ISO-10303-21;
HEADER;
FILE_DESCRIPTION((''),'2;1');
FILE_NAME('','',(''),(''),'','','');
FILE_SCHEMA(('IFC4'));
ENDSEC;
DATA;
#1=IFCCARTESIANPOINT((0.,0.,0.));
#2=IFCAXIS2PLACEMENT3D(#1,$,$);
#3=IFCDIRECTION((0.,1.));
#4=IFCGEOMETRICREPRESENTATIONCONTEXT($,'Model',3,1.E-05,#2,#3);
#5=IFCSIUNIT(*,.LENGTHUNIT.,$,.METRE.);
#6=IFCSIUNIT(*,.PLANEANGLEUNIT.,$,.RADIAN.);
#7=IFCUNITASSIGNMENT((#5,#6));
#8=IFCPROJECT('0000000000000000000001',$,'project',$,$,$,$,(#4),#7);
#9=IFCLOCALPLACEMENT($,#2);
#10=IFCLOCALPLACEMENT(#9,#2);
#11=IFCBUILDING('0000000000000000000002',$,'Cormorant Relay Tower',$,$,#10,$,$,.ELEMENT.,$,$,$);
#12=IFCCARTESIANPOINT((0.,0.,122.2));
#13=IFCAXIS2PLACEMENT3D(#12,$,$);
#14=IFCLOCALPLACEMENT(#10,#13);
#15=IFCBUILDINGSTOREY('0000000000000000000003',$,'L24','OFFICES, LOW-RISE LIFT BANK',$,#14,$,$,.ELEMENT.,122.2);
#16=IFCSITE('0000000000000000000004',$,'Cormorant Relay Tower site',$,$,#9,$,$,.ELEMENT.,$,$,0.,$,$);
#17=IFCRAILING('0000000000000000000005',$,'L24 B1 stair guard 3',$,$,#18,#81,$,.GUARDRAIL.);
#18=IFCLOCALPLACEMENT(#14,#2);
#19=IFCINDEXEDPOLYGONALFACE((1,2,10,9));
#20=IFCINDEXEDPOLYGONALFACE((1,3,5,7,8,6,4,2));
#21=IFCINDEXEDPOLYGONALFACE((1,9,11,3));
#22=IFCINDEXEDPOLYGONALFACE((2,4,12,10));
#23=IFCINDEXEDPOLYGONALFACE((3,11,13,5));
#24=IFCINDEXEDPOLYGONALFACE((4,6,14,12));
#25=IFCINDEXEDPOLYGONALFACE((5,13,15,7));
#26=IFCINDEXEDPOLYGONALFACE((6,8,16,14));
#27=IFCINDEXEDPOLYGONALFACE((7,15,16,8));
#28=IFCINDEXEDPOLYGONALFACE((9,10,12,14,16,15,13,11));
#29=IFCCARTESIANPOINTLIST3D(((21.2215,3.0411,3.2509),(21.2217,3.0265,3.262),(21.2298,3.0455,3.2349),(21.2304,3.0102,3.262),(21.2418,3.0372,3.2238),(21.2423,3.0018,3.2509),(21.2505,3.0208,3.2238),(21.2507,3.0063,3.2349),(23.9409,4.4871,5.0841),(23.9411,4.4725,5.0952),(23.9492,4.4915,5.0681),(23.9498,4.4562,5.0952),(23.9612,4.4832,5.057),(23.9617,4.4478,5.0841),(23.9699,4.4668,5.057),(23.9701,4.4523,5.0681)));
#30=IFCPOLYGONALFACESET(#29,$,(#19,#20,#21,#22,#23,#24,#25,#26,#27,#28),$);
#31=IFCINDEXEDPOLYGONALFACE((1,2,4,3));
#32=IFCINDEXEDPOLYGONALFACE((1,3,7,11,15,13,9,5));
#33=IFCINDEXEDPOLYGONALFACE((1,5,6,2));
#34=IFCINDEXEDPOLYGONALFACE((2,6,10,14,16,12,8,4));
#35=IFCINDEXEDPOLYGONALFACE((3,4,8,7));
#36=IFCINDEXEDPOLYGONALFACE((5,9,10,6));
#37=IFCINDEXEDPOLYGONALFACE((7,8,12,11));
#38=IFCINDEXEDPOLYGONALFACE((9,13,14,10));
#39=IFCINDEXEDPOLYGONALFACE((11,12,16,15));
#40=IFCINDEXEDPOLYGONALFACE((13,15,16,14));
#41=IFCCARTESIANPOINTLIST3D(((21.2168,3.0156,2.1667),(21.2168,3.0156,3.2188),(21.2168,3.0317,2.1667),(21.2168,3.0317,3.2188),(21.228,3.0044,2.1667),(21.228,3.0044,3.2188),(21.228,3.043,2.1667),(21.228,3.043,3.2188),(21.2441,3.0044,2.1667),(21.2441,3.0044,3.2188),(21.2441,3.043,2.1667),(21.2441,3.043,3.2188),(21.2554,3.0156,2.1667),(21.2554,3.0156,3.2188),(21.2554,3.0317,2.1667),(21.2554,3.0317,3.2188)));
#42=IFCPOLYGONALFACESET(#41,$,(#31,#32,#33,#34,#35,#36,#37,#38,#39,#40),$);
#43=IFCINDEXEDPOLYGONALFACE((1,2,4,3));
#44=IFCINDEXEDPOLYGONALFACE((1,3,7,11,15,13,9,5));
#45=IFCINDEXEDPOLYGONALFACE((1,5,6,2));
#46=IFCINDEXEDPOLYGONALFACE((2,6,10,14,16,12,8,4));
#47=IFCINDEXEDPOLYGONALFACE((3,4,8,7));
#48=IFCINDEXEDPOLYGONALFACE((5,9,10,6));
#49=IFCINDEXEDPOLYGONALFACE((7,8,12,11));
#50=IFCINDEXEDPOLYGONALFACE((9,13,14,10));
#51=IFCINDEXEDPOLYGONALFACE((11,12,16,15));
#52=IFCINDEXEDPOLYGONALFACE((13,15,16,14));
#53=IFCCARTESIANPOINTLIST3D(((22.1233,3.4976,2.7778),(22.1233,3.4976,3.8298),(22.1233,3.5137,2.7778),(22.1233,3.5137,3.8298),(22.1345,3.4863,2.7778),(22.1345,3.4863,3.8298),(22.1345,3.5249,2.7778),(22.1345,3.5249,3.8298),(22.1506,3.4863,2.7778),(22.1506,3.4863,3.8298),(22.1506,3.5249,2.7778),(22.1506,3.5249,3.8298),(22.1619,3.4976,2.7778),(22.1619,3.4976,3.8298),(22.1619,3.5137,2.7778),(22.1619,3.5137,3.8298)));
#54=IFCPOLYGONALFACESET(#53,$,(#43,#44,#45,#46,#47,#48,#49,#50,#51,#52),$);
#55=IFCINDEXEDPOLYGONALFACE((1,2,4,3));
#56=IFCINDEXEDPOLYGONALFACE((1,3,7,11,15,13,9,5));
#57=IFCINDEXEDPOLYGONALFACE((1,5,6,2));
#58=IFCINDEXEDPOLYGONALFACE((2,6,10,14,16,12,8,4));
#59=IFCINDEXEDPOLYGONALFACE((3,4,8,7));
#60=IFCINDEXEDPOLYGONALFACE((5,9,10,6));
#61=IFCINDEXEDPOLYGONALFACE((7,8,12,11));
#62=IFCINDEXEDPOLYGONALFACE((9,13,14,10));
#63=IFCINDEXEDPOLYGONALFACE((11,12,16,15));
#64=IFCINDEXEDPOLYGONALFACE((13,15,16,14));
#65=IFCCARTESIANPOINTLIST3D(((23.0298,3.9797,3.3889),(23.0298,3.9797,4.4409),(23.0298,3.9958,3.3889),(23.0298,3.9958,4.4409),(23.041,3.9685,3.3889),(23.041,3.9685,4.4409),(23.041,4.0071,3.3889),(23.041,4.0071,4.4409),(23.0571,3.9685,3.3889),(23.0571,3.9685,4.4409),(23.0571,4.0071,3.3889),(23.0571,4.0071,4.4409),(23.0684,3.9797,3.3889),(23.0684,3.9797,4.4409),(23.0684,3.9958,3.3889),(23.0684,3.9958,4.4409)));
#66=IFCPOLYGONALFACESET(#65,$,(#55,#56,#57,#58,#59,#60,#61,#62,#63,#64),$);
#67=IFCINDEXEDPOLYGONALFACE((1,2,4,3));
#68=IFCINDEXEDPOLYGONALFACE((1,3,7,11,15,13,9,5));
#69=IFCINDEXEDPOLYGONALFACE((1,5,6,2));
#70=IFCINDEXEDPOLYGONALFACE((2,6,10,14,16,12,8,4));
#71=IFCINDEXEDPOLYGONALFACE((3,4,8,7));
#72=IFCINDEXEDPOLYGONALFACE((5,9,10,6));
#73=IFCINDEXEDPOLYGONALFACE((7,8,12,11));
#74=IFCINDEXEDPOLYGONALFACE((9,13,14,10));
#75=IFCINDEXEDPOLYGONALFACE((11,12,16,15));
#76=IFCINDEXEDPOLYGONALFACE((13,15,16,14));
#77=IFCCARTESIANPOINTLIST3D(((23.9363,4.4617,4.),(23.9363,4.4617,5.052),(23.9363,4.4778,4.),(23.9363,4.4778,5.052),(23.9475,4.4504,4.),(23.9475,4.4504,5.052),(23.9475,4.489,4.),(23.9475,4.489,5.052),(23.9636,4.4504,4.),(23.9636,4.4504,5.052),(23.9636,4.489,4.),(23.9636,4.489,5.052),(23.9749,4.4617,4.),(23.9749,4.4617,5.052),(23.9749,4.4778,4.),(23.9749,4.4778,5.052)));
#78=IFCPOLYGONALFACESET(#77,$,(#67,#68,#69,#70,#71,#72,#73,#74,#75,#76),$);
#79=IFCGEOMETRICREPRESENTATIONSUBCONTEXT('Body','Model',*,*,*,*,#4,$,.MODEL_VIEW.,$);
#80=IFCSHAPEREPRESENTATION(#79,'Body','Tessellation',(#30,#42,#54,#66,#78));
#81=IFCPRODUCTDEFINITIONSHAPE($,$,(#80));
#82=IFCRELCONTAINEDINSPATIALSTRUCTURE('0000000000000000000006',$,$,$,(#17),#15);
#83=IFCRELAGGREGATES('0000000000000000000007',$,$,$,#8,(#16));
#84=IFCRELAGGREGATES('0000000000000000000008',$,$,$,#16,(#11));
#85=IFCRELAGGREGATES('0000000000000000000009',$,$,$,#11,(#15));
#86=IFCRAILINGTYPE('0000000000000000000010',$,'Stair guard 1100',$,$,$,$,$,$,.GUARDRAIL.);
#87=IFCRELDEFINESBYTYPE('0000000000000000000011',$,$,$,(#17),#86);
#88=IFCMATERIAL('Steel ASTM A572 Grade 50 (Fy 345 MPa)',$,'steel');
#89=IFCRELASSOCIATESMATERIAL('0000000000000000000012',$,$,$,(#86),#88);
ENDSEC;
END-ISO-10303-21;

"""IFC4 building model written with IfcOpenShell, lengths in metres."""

from ifc_helpers import new_model, si_unit, direction, frame, origin, place, context, subcontext, project, spatial, polyline, outline, extrude, material, type_object, element, save


model = new_model("IFC4")

# Units and contexts
model_context = context("Model", 3, precision=1e-05, world=origin(), true_north=direction((0.0, 1.0)))
body_context = subcontext(model_context, "Body", "Model", "MODEL_VIEW")
ifc_project = project(units=[si_unit("LENGTHUNIT", "METRE"), si_unit("PLANEANGLEUNIT", "RADIAN")], contexts=[model_context])

# Site, building, storey
site_placement = place(None, origin())
site = spatial("IfcSite", under=ifc_project, at=site_placement, Name="Cormorant Relay Tower site", CompositionType="ELEMENT", RefElevation=0.0)
building_placement = place(site_placement, origin())
building = spatial("IfcBuilding", under=site, at=building_placement, Name="Cormorant Relay Tower", CompositionType="ELEMENT")
storey_placement = place(building_placement, frame((0.0, 0.0, 122.2)))
storey = spatial("IfcBuildingStorey", under=building, at=storey_placement, Name="L24", Description="OFFICES, LOW-RISE LIFT BANK", CompositionType="ELEMENT", Elevation=122.2)

# Railing
ifc_material_1 = material(Name="Steel ASTM A572 Grade 50 (Fy 345 MPa)", Category="steel")
railing_type = type_object("IfcRailingType", Name="Stair guard 1100", PredefinedType="GUARDRAIL", material=ifc_material_1)
railing_1_placement = place(storey_placement, frame((21.2361, 3.0237, 2.1667)))
element("IfcRailing", 1, at=railing_1_placement, inside=storey, type_object=railing_type, Name="L24 B1 stair guard 3", PredefinedType="GUARDRAIL", context=body_context, shape_type="SweptSolid", body=[
    extrude(outline(polyline([(0.0222, 0.0093), (0.0093, 0.0222), (-0.0093, 0.0222), (-0.0222, 0.0093), (-0.0222, -0.0093), (-0.0093, -0.0222), (0.0093, -0.0222), (0.0222, -0.0093), (0.0222, 0.0093)])), frame((0.0, 0.0, 1.0762), z_axis=(0.758714, 0.403435, 0.511463), x_axis=(-0.469489, 0.882938, 0.0)), (0.0, 0.0, 1.0), 3.5842),
    extrude(outline(polyline([(0.0193, 0.0081), (0.0081, 0.0193), (-0.0081, 0.0193), (-0.0193, 0.0081), (-0.0193, -0.0081), (-0.0081, -0.0193), (0.0081, -0.0193), (0.0193, -0.0081), (0.0193, 0.0081)])), origin(), (0.0, 0.0, 1.0), 1.052),
    extrude(outline(polyline([(0.0193, 0.0081), (0.0081, 0.0193), (-0.0081, 0.0193), (-0.0193, 0.0081), (-0.0193, -0.0081), (-0.0081, -0.0193), (0.0081, -0.0193), (0.0193, -0.0081), (0.0193, 0.0081)])), frame((0.9065, 0.4819, 0.6111)), (0.0, 0.0, 1.0), 1.052),
    extrude(outline(polyline([(0.0193, 0.0081), (0.0081, 0.0193), (-0.0081, 0.0193), (-0.0193, 0.0081), (-0.0193, -0.0081), (-0.0081, -0.0193), (0.0081, -0.0193), (0.0193, -0.0081), (0.0193, 0.0081)])), frame((1.813, 0.9641, 1.2222)), (0.0, 0.0, 1.0), 1.052),
    extrude(outline(polyline([(0.0193, 0.0081), (0.0081, 0.0193), (-0.0081, 0.0193), (-0.0193, 0.0081), (-0.0193, -0.0081), (-0.0081, -0.0193), (0.0081, -0.0193), (0.0193, -0.0081), (0.0193, 0.0081)])), frame((2.7195, 1.446, 1.8333)), (0.0, 0.0, 1.0), 1.052),
])

save(model, "model.ifc")
